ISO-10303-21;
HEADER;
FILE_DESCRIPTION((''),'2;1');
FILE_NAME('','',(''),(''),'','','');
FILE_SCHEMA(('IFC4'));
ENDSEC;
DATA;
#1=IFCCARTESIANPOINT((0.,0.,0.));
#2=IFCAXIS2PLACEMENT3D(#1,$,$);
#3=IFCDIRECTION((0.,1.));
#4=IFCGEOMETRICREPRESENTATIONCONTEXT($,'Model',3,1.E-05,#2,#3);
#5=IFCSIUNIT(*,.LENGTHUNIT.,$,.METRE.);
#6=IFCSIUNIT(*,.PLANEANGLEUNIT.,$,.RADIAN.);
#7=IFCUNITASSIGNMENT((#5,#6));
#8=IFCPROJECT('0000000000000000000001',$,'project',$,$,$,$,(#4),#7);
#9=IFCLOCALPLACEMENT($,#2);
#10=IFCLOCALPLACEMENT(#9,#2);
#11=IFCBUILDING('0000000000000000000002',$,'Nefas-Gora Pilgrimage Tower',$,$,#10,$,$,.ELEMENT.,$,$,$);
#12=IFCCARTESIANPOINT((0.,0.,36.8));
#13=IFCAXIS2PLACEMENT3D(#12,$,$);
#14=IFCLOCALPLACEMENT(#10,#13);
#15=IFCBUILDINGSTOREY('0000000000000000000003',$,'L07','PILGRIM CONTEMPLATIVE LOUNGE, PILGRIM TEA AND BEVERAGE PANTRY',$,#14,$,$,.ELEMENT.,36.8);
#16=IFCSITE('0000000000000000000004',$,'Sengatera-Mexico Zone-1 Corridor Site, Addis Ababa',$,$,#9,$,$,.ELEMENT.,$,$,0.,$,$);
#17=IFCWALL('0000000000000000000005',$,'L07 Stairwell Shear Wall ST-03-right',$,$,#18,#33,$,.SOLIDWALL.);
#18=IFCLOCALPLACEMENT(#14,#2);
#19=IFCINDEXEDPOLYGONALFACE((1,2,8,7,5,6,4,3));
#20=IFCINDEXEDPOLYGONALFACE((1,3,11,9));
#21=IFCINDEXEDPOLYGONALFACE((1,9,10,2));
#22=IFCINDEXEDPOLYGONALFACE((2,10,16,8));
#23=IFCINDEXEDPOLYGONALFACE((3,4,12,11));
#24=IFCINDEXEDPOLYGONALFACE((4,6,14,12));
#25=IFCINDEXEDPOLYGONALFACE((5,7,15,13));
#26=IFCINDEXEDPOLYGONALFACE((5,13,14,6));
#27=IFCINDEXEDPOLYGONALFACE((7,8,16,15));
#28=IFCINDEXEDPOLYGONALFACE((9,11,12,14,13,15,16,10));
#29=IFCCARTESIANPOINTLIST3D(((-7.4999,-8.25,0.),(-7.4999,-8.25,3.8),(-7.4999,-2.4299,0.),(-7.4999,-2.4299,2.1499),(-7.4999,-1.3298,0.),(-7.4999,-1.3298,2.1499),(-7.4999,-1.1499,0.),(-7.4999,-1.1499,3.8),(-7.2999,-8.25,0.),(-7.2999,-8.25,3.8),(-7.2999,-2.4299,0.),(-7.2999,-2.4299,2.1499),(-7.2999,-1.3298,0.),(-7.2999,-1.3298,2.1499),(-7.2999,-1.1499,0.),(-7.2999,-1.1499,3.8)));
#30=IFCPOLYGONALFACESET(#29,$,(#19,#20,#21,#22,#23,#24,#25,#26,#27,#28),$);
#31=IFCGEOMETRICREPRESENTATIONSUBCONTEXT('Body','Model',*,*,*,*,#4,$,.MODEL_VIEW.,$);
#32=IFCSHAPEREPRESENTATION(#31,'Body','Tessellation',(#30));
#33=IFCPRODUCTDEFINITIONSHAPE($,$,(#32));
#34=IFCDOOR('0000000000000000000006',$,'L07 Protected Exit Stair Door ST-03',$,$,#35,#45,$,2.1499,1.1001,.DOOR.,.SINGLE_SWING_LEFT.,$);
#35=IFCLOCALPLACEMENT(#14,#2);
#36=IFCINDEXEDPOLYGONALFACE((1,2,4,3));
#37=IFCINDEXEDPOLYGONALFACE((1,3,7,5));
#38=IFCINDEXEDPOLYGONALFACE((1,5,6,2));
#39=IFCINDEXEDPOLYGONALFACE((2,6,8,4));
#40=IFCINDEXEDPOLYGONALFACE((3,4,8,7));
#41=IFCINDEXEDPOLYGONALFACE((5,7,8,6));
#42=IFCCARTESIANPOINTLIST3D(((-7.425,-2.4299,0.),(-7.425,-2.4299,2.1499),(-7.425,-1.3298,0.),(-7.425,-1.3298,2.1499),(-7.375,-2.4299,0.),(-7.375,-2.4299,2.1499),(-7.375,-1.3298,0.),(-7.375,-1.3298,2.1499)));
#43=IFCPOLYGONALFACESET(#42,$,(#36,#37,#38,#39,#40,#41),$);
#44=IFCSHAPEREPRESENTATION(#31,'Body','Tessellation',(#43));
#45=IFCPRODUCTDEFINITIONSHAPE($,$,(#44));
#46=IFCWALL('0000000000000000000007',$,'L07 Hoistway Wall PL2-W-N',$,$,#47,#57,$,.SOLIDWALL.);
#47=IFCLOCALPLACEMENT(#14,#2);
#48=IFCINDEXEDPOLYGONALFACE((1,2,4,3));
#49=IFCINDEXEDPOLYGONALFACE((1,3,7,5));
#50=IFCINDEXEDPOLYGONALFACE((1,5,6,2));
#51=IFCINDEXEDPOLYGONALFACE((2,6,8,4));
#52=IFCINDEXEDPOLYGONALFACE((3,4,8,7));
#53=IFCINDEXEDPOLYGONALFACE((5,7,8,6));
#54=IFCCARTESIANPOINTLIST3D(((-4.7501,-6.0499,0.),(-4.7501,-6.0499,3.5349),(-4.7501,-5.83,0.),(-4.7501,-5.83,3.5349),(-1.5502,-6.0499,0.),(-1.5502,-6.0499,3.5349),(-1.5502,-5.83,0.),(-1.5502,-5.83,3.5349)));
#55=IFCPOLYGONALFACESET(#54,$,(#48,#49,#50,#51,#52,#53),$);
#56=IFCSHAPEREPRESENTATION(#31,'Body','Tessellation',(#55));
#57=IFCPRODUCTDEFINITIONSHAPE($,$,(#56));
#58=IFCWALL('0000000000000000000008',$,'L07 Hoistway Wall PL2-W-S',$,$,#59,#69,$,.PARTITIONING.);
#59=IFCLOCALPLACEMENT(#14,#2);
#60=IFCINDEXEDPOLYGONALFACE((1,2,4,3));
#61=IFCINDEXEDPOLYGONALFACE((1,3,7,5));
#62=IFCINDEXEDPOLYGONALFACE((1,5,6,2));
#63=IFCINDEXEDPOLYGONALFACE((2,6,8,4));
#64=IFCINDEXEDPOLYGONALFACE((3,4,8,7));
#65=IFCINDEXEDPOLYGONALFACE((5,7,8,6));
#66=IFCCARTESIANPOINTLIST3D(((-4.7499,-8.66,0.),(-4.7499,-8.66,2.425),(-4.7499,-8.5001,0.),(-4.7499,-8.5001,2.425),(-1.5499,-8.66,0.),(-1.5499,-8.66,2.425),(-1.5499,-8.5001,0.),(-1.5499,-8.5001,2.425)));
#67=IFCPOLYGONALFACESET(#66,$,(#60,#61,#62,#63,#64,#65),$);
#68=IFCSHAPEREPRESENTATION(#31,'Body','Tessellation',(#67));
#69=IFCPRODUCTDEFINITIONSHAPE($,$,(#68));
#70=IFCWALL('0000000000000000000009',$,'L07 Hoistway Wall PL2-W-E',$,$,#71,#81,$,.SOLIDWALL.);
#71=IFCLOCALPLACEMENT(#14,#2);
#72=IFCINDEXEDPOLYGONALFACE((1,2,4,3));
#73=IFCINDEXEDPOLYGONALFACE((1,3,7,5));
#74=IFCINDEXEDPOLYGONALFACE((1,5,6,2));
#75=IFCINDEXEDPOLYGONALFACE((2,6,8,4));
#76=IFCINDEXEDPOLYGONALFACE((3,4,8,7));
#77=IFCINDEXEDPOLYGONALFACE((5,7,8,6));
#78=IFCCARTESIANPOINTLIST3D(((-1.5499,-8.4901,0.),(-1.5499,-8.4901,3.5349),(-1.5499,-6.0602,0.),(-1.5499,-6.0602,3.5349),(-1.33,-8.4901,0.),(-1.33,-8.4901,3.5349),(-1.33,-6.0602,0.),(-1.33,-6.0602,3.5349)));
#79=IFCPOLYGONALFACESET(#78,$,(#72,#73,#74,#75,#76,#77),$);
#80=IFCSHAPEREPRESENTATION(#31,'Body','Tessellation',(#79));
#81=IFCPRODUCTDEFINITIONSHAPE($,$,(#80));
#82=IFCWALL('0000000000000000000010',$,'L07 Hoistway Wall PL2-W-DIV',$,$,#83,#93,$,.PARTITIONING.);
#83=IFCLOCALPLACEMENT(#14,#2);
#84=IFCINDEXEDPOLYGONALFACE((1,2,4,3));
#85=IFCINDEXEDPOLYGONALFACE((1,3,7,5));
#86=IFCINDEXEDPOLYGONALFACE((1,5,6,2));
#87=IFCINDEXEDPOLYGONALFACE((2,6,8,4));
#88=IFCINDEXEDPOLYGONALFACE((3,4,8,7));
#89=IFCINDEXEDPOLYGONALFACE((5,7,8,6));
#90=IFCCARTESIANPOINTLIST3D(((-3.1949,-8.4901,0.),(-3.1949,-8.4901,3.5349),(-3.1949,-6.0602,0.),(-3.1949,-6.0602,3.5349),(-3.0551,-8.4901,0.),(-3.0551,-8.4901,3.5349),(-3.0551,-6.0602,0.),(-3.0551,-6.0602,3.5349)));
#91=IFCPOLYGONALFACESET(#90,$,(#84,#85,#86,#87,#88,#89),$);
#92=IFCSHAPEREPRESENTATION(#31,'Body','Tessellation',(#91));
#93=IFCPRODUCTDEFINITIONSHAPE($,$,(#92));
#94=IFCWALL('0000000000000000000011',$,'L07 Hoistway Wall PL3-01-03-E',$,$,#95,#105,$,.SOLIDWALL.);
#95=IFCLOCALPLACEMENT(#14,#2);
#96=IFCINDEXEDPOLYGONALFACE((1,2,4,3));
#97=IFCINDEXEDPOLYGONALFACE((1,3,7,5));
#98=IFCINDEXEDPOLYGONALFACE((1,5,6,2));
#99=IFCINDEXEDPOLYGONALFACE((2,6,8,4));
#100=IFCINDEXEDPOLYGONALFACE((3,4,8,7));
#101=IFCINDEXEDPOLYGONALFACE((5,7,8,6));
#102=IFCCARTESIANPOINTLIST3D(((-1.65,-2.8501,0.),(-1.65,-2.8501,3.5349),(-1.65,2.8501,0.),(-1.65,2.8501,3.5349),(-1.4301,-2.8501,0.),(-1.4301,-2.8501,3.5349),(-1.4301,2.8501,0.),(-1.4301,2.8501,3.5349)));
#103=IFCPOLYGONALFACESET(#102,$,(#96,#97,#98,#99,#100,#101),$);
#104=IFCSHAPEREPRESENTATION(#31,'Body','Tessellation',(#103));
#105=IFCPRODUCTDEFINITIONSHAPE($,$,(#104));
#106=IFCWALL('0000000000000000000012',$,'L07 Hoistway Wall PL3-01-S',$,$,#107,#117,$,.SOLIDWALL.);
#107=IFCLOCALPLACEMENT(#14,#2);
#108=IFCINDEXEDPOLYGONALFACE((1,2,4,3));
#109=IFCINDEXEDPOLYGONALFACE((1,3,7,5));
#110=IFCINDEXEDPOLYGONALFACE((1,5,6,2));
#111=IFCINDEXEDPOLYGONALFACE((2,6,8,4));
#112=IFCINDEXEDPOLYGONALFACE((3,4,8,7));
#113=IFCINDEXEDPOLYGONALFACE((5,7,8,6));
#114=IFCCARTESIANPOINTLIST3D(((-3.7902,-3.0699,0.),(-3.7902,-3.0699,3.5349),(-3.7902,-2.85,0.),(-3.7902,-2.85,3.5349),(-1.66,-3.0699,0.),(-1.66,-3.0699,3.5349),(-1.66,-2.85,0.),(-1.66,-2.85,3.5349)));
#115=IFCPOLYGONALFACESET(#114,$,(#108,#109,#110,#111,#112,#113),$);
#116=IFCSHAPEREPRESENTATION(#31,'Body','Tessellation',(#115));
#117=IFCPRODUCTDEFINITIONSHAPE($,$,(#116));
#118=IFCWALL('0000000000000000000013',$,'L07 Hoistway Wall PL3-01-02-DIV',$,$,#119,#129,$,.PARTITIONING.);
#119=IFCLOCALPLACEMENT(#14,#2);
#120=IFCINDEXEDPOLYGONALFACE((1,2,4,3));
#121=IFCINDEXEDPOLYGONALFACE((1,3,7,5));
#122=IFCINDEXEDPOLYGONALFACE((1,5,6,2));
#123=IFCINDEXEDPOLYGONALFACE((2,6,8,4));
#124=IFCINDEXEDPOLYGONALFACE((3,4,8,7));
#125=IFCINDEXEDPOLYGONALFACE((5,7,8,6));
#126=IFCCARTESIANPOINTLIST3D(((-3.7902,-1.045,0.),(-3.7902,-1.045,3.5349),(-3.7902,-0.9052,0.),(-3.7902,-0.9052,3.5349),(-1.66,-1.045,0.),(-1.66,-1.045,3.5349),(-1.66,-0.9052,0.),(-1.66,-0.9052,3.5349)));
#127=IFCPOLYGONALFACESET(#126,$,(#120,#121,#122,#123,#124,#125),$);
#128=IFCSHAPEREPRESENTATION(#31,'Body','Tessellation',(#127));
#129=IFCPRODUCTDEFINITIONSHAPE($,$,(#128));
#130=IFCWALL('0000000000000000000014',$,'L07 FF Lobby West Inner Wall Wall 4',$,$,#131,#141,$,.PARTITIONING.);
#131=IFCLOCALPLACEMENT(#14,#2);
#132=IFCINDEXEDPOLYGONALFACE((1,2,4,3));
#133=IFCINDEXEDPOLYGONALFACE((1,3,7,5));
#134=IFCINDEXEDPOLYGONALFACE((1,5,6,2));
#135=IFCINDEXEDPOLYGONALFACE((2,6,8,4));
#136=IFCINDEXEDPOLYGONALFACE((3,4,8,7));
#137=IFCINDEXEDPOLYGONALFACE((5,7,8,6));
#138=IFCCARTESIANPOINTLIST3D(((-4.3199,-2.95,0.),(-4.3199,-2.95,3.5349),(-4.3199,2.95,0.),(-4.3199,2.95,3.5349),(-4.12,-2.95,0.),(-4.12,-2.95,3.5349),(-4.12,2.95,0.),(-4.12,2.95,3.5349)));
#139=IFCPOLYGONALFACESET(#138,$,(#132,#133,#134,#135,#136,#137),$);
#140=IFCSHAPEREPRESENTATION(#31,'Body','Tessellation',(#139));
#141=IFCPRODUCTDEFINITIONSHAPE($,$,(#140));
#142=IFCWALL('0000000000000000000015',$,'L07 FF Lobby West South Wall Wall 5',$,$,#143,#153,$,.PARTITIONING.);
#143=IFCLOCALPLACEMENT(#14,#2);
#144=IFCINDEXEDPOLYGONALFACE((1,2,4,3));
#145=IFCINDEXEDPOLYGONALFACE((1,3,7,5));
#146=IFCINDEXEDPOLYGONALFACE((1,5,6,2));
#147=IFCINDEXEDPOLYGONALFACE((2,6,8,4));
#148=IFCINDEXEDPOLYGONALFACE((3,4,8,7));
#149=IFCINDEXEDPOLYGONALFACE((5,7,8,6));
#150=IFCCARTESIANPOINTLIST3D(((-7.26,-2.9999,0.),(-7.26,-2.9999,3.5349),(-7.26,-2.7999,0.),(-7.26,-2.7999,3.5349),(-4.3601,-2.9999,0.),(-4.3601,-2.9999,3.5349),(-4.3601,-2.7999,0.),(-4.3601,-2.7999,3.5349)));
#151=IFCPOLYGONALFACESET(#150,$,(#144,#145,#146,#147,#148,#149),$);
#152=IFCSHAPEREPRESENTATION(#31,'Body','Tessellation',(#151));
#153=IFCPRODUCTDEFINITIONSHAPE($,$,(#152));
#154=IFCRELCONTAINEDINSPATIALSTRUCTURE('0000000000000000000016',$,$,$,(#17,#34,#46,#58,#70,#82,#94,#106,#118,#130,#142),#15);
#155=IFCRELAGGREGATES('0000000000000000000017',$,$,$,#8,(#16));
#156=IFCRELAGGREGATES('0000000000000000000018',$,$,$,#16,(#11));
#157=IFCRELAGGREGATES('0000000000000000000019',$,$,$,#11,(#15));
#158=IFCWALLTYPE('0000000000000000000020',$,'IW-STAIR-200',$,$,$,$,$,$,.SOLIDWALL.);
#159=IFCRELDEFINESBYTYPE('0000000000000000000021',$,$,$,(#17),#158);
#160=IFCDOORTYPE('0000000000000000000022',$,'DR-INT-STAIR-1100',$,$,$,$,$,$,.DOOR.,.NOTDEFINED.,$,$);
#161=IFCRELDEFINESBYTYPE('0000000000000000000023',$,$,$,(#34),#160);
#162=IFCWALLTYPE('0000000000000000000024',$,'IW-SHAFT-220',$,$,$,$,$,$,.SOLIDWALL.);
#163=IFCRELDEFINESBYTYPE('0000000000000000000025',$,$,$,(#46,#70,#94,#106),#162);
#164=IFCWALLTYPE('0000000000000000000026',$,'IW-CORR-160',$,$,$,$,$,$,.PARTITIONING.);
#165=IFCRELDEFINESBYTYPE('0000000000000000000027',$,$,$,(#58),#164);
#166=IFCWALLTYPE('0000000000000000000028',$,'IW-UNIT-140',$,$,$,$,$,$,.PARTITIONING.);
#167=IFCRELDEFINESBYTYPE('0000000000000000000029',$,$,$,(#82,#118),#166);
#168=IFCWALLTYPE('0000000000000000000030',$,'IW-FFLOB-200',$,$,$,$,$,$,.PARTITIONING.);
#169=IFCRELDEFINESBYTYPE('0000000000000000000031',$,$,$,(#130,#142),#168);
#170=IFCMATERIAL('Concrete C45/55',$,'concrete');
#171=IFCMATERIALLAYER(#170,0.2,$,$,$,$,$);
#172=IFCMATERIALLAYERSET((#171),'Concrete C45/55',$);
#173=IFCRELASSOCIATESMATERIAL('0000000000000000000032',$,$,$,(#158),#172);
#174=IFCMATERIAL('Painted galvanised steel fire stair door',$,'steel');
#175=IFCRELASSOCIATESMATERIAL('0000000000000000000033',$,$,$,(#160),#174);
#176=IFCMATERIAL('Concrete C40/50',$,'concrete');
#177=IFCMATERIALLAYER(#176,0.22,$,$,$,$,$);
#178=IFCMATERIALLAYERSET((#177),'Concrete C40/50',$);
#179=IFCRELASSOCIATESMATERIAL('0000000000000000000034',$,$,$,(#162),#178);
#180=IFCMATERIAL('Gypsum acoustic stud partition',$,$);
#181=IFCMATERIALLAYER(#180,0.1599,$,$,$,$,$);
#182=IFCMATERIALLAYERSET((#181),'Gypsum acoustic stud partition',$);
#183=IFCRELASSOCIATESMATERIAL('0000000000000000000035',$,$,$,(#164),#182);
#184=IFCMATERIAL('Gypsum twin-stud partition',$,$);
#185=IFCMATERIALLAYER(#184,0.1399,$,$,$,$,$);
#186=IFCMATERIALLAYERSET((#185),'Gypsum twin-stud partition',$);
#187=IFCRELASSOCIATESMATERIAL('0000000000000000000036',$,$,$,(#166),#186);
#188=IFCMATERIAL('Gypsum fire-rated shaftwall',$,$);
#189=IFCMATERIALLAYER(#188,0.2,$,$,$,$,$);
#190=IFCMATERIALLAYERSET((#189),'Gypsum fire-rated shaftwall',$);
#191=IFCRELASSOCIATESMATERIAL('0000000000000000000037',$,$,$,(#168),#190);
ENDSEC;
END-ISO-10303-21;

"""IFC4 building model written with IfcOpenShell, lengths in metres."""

from ifc_helpers import new_model, si_unit, direction, frame, frame_2d, origin, place, context, subcontext, project, spatial, rectangle, extrude, source, transform, mapped, material, layer, layer_set, type_object, element, fill, save


model = new_model("IFC4")

# Units and contexts
model_context = context("Model", 3, precision=1e-05, world=origin(), true_north=direction((0.0, 1.0)))
body_context = subcontext(model_context, "Body", "Model", "MODEL_VIEW")
ifc_project = project(units=[si_unit("LENGTHUNIT", "METRE"), si_unit("PLANEANGLEUNIT", "RADIAN")], contexts=[model_context])

# Site, building, storey
site_placement = place(None, origin())
site = spatial("IfcSite", under=ifc_project, at=site_placement, Name="Sengatera-Mexico Zone-1 Corridor Site, Addis Ababa", CompositionType="ELEMENT", RefElevation=0.0)
building_placement = place(site_placement, origin())
building = spatial("IfcBuilding", under=site, at=building_placement, Name="Nefas-Gora Pilgrimage Tower", CompositionType="ELEMENT")
storey_placement = place(building_placement, frame((0.0, 0.0, 36.8)))
storey = spatial("IfcBuildingStorey", under=building, at=storey_placement, Name="L07", Description="PILGRIM CONTEMPLATIVE LOUNGE, PILGRIM TEA AND BEVERAGE PANTRY", CompositionType="ELEMENT", Elevation=36.8)

# Shared definitions
ifc_material_1 = material(Name="Concrete C45/55", Category="concrete")
ifc_layer_1 = layer(ifc_material_1, 0.2)
ifc_layer_set_1 = layer_set([ifc_layer_1], Name="Concrete C45/55")
wall_type_1 = type_object("IfcWallType", Name="IW-STAIR-200", PredefinedType="SOLIDWALL", material=ifc_layer_set_1)
shared_shape_1 = source(origin(), body_context, "Body", "SweptSolid", [
    extrude(rectangle(XDim=7.1001, YDim=0.2, at=frame_2d((3.55, 0.0))), origin(), (0.0, 0.0, 1.0), 3.8),
])

# Wall, opening, door
wall_1_placement = place(storey_placement, frame((-7.3999, -1.1499, 0.0), z_axis=(0.0, 0.0, 1.0), x_axis=(0.0, -1.0, 0.0)))
wall_1 = element("IfcWall", 1, at=wall_1_placement, inside=storey, type_object=wall_type_1, Name="L07 Stairwell Shear Wall ST-03-right", PredefinedType="SOLIDWALL", context=body_context, shape_type="MappedRepresentation", body=[
    mapped(shared_shape_1, transform((0.0, 0.0, 0.0), x_axis=(1.0, 0.0, 0.0), y_axis=(0.0, 1.0, 0.0), z_axis=(0.0, 0.0, 1.0), scale=1.0)),
])
opening_1_placement = place(wall_1_placement, frame((0.1799, 0.0, 0.0)))
opening_1 = element("IfcOpeningElement", 2, at=opening_1_placement, cuts=wall_1, PredefinedType="OPENING", context=body_context, shape_type="SweptSolid", body=[
    extrude(rectangle(XDim=1.1001, YDim=2.1499, at=frame_2d((0.55, 1.075))), frame((0.0, 0.1099, 0.0), z_axis=(0.0, -1.0, 0.0), x_axis=(1.0, 0.0, 0.0)), (0.0, 0.0, 1.0), 0.22),
])
ifc_material_2 = material(Name="Painted galvanised steel fire stair door", Category="steel")
door_type_1 = type_object("IfcDoorType", Name="DR-INT-STAIR-1100", OperationType="NOTDEFINED", PredefinedType="DOOR", material=ifc_material_2)
shared_shape_2 = source(origin(), body_context, "Body", "SweptSolid", [
    extrude(rectangle(XDim=1.1001, YDim=2.1499, at=frame_2d((0.55, 1.075))), frame((0.0, 0.0249, 0.0), z_axis=(0.0, -1.0, 0.0), x_axis=(1.0, 0.0, 0.0)), (0.0, 0.0, 1.0), 0.05),
])
door_1_placement = place(opening_1_placement, origin())
door_1 = element("IfcDoor", 3, at=door_1_placement, inside=storey, type_object=door_type_1, Name="L07 Protected Exit Stair Door ST-03", OperationType="SINGLE_SWING_LEFT", OverallHeight=2.1499, OverallWidth=1.1001, PredefinedType="DOOR", context=body_context, shape_type="MappedRepresentation", body=[
    mapped(shared_shape_2, transform((0.0, 0.0, 0.0), x_axis=(1.0, 0.0, 0.0), y_axis=(0.0, 1.0, 0.0), z_axis=(0.0, 0.0, 1.0), scale=1.0)),
])
fill(opening_1, door_1)

# Walls
ifc_material_3 = material(Name="Concrete C40/50", Category="concrete")
ifc_layer_2 = layer(ifc_material_3, 0.22)
ifc_layer_set_2 = layer_set([ifc_layer_2], Name="Concrete C40/50")
wall_type_2 = type_object("IfcWallType", Name="IW-SHAFT-220", PredefinedType="SOLIDWALL", material=ifc_layer_set_2)
shared_shape_3 = source(origin(), body_context, "Body", "SweptSolid", [
    extrude(rectangle(XDim=3.2, YDim=0.22, at=frame_2d((1.6001, 0.0))), origin(), (0.0, 0.0, 1.0), 3.5349),
])
wall_2_placement = place(storey_placement, frame((-1.55, -5.9399, 0.0), z_axis=(0.0, 0.0, 1.0), x_axis=(-1.0, 0.0, 0.0)))
element("IfcWall", 4, at=wall_2_placement, inside=storey, type_object=wall_type_2, Name="L07 Hoistway Wall PL2-W-N", PredefinedType="SOLIDWALL", context=body_context, shape_type="MappedRepresentation", body=[
    mapped(shared_shape_3, transform((0.0, 0.0, 0.0), x_axis=(1.0, 0.0, 0.0), y_axis=(0.0, 1.0, 0.0), z_axis=(0.0, 0.0, 1.0), scale=1.0)),
])
ifc_material_4 = material(Name="Gypsum acoustic stud partition")
ifc_layer_3 = layer(ifc_material_4, 0.1599)
ifc_layer_set_3 = layer_set([ifc_layer_3], Name="Gypsum acoustic stud partition")
wall_type_3 = type_object("IfcWallType", Name="IW-CORR-160", PredefinedType="PARTITIONING", material=ifc_layer_set_3)
shared_shape_4 = source(origin(), body_context, "Body", "SweptSolid", [
    extrude(rectangle(XDim=3.2, YDim=0.1599, at=frame_2d((1.6001, 0.0))), origin(), (0.0, 0.0, 1.0), 2.425),
])
wall_3_placement = place(storey_placement, frame((-4.75, -8.5801, 0.0), z_axis=(0.0, 0.0, 1.0), x_axis=(1.0, 0.0, 0.0)))
element("IfcWall", 5, at=wall_3_placement, inside=storey, type_object=wall_type_3, Name="L07 Hoistway Wall PL2-W-S", PredefinedType="PARTITIONING", context=body_context, shape_type="MappedRepresentation", body=[
    mapped(shared_shape_4, transform((0.0, 0.0, 0.0), x_axis=(1.0, 0.0, 0.0), y_axis=(0.0, 1.0, 0.0), z_axis=(0.0, 0.0, 1.0), scale=1.0)),
])
shared_shape_5 = source(origin(), body_context, "Body", "SweptSolid", [
    extrude(rectangle(XDim=2.4299, YDim=0.22, at=frame_2d((1.2148, 0.0))), origin(), (0.0, 0.0, 1.0), 3.5349),
])
for number, where, z_axis, x_axis, name in (
    (6, (-1.4399, -8.49, 0.0), (0.0, 0.0, 1.0), (0.0, 1.0, 0.0), "L07 Hoistway Wall PL2-W-E"),
):
    element("IfcWall", number, at=place(storey_placement, frame(where, z_axis=z_axis, x_axis=x_axis)), inside=storey, type_object=wall_type_2, Name=name, PredefinedType="SOLIDWALL", context=body_context, shape_type="MappedRepresentation", body=[
        mapped(shared_shape_5, transform((0.0, 0.0, 0.0), x_axis=(1.0, 0.0, 0.0), y_axis=(0.0, 1.0, 0.0), z_axis=(0.0, 0.0, 1.0), scale=1.0)),
    ])
ifc_material_5 = material(Name="Gypsum twin-stud partition")
ifc_layer_4 = layer(ifc_material_5, 0.1399)
ifc_layer_set_4 = layer_set([ifc_layer_4], Name="Gypsum twin-stud partition")
wall_type_4 = type_object("IfcWallType", Name="IW-UNIT-140", PredefinedType="PARTITIONING", material=ifc_layer_set_4)
shared_shape_6 = source(origin(), body_context, "Body", "SweptSolid", [
    extrude(rectangle(XDim=2.4299, YDim=0.1399, at=frame_2d((1.2148, 0.0))), origin(), (0.0, 0.0, 1.0), 3.5349),
])
wall_4_placement = place(storey_placement, frame((-3.125, -8.49, 0.0), z_axis=(0.0, 0.0, 1.0), x_axis=(0.0, 1.0, 0.0)))
element("IfcWall", 7, at=wall_4_placement, inside=storey, type_object=wall_type_4, Name="L07 Hoistway Wall PL2-W-DIV", PredefinedType="PARTITIONING", context=body_context, shape_type="MappedRepresentation", body=[
    mapped(shared_shape_6, transform((0.0, 0.0, 0.0), x_axis=(1.0, 0.0, 0.0), y_axis=(0.0, 1.0, 0.0), z_axis=(0.0, 0.0, 1.0), scale=1.0)),
])
shared_shape_7 = source(origin(), body_context, "Body", "SweptSolid", [
    extrude(rectangle(XDim=5.7002, YDim=0.22, at=frame_2d((2.8501, 0.0))), origin(), (0.0, 0.0, 1.0), 3.5349),
])
wall_5_placement = place(storey_placement, frame((-1.54, -2.8501, 0.0), z_axis=(0.0, 0.0, 1.0), x_axis=(0.0, 1.0, 0.0)))
element("IfcWall", 8, at=wall_5_placement, inside=storey, type_object=wall_type_2, Name="L07 Hoistway Wall PL3-01-03-E", PredefinedType="SOLIDWALL", context=body_context, shape_type="MappedRepresentation", body=[
    mapped(shared_shape_7, transform((0.0, 0.0, 0.0), x_axis=(1.0, 0.0, 0.0), y_axis=(0.0, 1.0, 0.0), z_axis=(0.0, 0.0, 1.0), scale=1.0)),
])
shared_shape_8 = source(origin(), body_context, "Body", "SweptSolid", [
    extrude(rectangle(XDim=2.1301, YDim=0.22, at=frame_2d((1.0649, 0.0))), origin(), (0.0, 0.0, 1.0), 3.5349),
])
wall_6_placement = place(storey_placement, frame((-3.79, -2.96, 0.0), z_axis=(0.0, 0.0, 1.0), x_axis=(1.0, 0.0, 0.0)))
element("IfcWall", 9, at=wall_6_placement, inside=storey, type_object=wall_type_2, Name="L07 Hoistway Wall PL3-01-S", PredefinedType="SOLIDWALL", context=body_context, shape_type="MappedRepresentation", body=[
    mapped(shared_shape_8, transform((0.0, 0.0, 0.0), x_axis=(1.0, 0.0, 0.0), y_axis=(0.0, 1.0, 0.0), z_axis=(0.0, 0.0, 1.0), scale=1.0)),
])
shared_shape_9 = source(origin(), body_context, "Body", "SweptSolid", [
    extrude(rectangle(XDim=2.1301, YDim=0.1399, at=frame_2d((1.0649, 0.0))), origin(), (0.0, 0.0, 1.0), 3.5349),
])
wall_7_placement = place(storey_placement, frame((-3.79, -0.9751, 0.0), z_axis=(0.0, 0.0, 1.0), x_axis=(1.0, 0.0, 0.0)))
element("IfcWall", 10, at=wall_7_placement, inside=storey, type_object=wall_type_4, Name="L07 Hoistway Wall PL3-01-02-DIV", PredefinedType="PARTITIONING", context=body_context, shape_type="MappedRepresentation", body=[
    mapped(shared_shape_9, transform((0.0, 0.0, 0.0), x_axis=(1.0, 0.0, 0.0), y_axis=(0.0, 1.0, 0.0), z_axis=(0.0, 0.0, 1.0), scale=1.0)),
])
ifc_material_6 = material(Name="Gypsum fire-rated shaftwall")
ifc_layer_5 = layer(ifc_material_6, 0.2)
ifc_layer_set_5 = layer_set([ifc_layer_5], Name="Gypsum fire-rated shaftwall")
wall_type_5 = type_object("IfcWallType", Name="IW-FFLOB-200", PredefinedType="PARTITIONING", material=ifc_layer_set_5)
shared_shape_10 = source(origin(), body_context, "Body", "SweptSolid", [
    extrude(rectangle(XDim=5.8999, YDim=0.2, at=frame_2d((2.95, 0.0))), origin(), (0.0, 0.0, 1.0), 3.5349),
])
wall_8_placement = place(storey_placement, frame((-4.22, -2.95, 0.0), z_axis=(0.0, 0.0, 1.0), x_axis=(0.0, 1.0, 0.0)))
element("IfcWall", 11, at=wall_8_placement, inside=storey, type_object=wall_type_5, Name="L07 FF Lobby West Inner Wall Wall 4", PredefinedType="PARTITIONING", context=body_context, shape_type="MappedRepresentation", body=[
    mapped(shared_shape_10, transform((0.0, 0.0, 0.0), x_axis=(1.0, 0.0, 0.0), y_axis=(0.0, 1.0, 0.0), z_axis=(0.0, 0.0, 1.0), scale=1.0)),
])
shared_shape_11 = source(origin(), body_context, "Body", "SweptSolid", [
    extrude(rectangle(XDim=2.8999, YDim=0.2, at=frame_2d((1.45, 0.0))), origin(), (0.0, 0.0, 1.0), 3.5349),
])
wall_9_placement = place(storey_placement, frame((-7.26, -2.8999, 0.0), z_axis=(0.0, 0.0, 1.0), x_axis=(1.0, 0.0, 0.0)))
element("IfcWall", 12, at=wall_9_placement, inside=storey, type_object=wall_type_5, Name="L07 FF Lobby West South Wall Wall 5", PredefinedType="PARTITIONING", context=body_context, shape_type="MappedRepresentation", body=[
    mapped(shared_shape_11, transform((0.0, 0.0, 0.0), x_axis=(1.0, 0.0, 0.0), y_axis=(0.0, 1.0, 0.0), z_axis=(0.0, 0.0, 1.0), scale=1.0)),
])

save(model, "model.ifc")
